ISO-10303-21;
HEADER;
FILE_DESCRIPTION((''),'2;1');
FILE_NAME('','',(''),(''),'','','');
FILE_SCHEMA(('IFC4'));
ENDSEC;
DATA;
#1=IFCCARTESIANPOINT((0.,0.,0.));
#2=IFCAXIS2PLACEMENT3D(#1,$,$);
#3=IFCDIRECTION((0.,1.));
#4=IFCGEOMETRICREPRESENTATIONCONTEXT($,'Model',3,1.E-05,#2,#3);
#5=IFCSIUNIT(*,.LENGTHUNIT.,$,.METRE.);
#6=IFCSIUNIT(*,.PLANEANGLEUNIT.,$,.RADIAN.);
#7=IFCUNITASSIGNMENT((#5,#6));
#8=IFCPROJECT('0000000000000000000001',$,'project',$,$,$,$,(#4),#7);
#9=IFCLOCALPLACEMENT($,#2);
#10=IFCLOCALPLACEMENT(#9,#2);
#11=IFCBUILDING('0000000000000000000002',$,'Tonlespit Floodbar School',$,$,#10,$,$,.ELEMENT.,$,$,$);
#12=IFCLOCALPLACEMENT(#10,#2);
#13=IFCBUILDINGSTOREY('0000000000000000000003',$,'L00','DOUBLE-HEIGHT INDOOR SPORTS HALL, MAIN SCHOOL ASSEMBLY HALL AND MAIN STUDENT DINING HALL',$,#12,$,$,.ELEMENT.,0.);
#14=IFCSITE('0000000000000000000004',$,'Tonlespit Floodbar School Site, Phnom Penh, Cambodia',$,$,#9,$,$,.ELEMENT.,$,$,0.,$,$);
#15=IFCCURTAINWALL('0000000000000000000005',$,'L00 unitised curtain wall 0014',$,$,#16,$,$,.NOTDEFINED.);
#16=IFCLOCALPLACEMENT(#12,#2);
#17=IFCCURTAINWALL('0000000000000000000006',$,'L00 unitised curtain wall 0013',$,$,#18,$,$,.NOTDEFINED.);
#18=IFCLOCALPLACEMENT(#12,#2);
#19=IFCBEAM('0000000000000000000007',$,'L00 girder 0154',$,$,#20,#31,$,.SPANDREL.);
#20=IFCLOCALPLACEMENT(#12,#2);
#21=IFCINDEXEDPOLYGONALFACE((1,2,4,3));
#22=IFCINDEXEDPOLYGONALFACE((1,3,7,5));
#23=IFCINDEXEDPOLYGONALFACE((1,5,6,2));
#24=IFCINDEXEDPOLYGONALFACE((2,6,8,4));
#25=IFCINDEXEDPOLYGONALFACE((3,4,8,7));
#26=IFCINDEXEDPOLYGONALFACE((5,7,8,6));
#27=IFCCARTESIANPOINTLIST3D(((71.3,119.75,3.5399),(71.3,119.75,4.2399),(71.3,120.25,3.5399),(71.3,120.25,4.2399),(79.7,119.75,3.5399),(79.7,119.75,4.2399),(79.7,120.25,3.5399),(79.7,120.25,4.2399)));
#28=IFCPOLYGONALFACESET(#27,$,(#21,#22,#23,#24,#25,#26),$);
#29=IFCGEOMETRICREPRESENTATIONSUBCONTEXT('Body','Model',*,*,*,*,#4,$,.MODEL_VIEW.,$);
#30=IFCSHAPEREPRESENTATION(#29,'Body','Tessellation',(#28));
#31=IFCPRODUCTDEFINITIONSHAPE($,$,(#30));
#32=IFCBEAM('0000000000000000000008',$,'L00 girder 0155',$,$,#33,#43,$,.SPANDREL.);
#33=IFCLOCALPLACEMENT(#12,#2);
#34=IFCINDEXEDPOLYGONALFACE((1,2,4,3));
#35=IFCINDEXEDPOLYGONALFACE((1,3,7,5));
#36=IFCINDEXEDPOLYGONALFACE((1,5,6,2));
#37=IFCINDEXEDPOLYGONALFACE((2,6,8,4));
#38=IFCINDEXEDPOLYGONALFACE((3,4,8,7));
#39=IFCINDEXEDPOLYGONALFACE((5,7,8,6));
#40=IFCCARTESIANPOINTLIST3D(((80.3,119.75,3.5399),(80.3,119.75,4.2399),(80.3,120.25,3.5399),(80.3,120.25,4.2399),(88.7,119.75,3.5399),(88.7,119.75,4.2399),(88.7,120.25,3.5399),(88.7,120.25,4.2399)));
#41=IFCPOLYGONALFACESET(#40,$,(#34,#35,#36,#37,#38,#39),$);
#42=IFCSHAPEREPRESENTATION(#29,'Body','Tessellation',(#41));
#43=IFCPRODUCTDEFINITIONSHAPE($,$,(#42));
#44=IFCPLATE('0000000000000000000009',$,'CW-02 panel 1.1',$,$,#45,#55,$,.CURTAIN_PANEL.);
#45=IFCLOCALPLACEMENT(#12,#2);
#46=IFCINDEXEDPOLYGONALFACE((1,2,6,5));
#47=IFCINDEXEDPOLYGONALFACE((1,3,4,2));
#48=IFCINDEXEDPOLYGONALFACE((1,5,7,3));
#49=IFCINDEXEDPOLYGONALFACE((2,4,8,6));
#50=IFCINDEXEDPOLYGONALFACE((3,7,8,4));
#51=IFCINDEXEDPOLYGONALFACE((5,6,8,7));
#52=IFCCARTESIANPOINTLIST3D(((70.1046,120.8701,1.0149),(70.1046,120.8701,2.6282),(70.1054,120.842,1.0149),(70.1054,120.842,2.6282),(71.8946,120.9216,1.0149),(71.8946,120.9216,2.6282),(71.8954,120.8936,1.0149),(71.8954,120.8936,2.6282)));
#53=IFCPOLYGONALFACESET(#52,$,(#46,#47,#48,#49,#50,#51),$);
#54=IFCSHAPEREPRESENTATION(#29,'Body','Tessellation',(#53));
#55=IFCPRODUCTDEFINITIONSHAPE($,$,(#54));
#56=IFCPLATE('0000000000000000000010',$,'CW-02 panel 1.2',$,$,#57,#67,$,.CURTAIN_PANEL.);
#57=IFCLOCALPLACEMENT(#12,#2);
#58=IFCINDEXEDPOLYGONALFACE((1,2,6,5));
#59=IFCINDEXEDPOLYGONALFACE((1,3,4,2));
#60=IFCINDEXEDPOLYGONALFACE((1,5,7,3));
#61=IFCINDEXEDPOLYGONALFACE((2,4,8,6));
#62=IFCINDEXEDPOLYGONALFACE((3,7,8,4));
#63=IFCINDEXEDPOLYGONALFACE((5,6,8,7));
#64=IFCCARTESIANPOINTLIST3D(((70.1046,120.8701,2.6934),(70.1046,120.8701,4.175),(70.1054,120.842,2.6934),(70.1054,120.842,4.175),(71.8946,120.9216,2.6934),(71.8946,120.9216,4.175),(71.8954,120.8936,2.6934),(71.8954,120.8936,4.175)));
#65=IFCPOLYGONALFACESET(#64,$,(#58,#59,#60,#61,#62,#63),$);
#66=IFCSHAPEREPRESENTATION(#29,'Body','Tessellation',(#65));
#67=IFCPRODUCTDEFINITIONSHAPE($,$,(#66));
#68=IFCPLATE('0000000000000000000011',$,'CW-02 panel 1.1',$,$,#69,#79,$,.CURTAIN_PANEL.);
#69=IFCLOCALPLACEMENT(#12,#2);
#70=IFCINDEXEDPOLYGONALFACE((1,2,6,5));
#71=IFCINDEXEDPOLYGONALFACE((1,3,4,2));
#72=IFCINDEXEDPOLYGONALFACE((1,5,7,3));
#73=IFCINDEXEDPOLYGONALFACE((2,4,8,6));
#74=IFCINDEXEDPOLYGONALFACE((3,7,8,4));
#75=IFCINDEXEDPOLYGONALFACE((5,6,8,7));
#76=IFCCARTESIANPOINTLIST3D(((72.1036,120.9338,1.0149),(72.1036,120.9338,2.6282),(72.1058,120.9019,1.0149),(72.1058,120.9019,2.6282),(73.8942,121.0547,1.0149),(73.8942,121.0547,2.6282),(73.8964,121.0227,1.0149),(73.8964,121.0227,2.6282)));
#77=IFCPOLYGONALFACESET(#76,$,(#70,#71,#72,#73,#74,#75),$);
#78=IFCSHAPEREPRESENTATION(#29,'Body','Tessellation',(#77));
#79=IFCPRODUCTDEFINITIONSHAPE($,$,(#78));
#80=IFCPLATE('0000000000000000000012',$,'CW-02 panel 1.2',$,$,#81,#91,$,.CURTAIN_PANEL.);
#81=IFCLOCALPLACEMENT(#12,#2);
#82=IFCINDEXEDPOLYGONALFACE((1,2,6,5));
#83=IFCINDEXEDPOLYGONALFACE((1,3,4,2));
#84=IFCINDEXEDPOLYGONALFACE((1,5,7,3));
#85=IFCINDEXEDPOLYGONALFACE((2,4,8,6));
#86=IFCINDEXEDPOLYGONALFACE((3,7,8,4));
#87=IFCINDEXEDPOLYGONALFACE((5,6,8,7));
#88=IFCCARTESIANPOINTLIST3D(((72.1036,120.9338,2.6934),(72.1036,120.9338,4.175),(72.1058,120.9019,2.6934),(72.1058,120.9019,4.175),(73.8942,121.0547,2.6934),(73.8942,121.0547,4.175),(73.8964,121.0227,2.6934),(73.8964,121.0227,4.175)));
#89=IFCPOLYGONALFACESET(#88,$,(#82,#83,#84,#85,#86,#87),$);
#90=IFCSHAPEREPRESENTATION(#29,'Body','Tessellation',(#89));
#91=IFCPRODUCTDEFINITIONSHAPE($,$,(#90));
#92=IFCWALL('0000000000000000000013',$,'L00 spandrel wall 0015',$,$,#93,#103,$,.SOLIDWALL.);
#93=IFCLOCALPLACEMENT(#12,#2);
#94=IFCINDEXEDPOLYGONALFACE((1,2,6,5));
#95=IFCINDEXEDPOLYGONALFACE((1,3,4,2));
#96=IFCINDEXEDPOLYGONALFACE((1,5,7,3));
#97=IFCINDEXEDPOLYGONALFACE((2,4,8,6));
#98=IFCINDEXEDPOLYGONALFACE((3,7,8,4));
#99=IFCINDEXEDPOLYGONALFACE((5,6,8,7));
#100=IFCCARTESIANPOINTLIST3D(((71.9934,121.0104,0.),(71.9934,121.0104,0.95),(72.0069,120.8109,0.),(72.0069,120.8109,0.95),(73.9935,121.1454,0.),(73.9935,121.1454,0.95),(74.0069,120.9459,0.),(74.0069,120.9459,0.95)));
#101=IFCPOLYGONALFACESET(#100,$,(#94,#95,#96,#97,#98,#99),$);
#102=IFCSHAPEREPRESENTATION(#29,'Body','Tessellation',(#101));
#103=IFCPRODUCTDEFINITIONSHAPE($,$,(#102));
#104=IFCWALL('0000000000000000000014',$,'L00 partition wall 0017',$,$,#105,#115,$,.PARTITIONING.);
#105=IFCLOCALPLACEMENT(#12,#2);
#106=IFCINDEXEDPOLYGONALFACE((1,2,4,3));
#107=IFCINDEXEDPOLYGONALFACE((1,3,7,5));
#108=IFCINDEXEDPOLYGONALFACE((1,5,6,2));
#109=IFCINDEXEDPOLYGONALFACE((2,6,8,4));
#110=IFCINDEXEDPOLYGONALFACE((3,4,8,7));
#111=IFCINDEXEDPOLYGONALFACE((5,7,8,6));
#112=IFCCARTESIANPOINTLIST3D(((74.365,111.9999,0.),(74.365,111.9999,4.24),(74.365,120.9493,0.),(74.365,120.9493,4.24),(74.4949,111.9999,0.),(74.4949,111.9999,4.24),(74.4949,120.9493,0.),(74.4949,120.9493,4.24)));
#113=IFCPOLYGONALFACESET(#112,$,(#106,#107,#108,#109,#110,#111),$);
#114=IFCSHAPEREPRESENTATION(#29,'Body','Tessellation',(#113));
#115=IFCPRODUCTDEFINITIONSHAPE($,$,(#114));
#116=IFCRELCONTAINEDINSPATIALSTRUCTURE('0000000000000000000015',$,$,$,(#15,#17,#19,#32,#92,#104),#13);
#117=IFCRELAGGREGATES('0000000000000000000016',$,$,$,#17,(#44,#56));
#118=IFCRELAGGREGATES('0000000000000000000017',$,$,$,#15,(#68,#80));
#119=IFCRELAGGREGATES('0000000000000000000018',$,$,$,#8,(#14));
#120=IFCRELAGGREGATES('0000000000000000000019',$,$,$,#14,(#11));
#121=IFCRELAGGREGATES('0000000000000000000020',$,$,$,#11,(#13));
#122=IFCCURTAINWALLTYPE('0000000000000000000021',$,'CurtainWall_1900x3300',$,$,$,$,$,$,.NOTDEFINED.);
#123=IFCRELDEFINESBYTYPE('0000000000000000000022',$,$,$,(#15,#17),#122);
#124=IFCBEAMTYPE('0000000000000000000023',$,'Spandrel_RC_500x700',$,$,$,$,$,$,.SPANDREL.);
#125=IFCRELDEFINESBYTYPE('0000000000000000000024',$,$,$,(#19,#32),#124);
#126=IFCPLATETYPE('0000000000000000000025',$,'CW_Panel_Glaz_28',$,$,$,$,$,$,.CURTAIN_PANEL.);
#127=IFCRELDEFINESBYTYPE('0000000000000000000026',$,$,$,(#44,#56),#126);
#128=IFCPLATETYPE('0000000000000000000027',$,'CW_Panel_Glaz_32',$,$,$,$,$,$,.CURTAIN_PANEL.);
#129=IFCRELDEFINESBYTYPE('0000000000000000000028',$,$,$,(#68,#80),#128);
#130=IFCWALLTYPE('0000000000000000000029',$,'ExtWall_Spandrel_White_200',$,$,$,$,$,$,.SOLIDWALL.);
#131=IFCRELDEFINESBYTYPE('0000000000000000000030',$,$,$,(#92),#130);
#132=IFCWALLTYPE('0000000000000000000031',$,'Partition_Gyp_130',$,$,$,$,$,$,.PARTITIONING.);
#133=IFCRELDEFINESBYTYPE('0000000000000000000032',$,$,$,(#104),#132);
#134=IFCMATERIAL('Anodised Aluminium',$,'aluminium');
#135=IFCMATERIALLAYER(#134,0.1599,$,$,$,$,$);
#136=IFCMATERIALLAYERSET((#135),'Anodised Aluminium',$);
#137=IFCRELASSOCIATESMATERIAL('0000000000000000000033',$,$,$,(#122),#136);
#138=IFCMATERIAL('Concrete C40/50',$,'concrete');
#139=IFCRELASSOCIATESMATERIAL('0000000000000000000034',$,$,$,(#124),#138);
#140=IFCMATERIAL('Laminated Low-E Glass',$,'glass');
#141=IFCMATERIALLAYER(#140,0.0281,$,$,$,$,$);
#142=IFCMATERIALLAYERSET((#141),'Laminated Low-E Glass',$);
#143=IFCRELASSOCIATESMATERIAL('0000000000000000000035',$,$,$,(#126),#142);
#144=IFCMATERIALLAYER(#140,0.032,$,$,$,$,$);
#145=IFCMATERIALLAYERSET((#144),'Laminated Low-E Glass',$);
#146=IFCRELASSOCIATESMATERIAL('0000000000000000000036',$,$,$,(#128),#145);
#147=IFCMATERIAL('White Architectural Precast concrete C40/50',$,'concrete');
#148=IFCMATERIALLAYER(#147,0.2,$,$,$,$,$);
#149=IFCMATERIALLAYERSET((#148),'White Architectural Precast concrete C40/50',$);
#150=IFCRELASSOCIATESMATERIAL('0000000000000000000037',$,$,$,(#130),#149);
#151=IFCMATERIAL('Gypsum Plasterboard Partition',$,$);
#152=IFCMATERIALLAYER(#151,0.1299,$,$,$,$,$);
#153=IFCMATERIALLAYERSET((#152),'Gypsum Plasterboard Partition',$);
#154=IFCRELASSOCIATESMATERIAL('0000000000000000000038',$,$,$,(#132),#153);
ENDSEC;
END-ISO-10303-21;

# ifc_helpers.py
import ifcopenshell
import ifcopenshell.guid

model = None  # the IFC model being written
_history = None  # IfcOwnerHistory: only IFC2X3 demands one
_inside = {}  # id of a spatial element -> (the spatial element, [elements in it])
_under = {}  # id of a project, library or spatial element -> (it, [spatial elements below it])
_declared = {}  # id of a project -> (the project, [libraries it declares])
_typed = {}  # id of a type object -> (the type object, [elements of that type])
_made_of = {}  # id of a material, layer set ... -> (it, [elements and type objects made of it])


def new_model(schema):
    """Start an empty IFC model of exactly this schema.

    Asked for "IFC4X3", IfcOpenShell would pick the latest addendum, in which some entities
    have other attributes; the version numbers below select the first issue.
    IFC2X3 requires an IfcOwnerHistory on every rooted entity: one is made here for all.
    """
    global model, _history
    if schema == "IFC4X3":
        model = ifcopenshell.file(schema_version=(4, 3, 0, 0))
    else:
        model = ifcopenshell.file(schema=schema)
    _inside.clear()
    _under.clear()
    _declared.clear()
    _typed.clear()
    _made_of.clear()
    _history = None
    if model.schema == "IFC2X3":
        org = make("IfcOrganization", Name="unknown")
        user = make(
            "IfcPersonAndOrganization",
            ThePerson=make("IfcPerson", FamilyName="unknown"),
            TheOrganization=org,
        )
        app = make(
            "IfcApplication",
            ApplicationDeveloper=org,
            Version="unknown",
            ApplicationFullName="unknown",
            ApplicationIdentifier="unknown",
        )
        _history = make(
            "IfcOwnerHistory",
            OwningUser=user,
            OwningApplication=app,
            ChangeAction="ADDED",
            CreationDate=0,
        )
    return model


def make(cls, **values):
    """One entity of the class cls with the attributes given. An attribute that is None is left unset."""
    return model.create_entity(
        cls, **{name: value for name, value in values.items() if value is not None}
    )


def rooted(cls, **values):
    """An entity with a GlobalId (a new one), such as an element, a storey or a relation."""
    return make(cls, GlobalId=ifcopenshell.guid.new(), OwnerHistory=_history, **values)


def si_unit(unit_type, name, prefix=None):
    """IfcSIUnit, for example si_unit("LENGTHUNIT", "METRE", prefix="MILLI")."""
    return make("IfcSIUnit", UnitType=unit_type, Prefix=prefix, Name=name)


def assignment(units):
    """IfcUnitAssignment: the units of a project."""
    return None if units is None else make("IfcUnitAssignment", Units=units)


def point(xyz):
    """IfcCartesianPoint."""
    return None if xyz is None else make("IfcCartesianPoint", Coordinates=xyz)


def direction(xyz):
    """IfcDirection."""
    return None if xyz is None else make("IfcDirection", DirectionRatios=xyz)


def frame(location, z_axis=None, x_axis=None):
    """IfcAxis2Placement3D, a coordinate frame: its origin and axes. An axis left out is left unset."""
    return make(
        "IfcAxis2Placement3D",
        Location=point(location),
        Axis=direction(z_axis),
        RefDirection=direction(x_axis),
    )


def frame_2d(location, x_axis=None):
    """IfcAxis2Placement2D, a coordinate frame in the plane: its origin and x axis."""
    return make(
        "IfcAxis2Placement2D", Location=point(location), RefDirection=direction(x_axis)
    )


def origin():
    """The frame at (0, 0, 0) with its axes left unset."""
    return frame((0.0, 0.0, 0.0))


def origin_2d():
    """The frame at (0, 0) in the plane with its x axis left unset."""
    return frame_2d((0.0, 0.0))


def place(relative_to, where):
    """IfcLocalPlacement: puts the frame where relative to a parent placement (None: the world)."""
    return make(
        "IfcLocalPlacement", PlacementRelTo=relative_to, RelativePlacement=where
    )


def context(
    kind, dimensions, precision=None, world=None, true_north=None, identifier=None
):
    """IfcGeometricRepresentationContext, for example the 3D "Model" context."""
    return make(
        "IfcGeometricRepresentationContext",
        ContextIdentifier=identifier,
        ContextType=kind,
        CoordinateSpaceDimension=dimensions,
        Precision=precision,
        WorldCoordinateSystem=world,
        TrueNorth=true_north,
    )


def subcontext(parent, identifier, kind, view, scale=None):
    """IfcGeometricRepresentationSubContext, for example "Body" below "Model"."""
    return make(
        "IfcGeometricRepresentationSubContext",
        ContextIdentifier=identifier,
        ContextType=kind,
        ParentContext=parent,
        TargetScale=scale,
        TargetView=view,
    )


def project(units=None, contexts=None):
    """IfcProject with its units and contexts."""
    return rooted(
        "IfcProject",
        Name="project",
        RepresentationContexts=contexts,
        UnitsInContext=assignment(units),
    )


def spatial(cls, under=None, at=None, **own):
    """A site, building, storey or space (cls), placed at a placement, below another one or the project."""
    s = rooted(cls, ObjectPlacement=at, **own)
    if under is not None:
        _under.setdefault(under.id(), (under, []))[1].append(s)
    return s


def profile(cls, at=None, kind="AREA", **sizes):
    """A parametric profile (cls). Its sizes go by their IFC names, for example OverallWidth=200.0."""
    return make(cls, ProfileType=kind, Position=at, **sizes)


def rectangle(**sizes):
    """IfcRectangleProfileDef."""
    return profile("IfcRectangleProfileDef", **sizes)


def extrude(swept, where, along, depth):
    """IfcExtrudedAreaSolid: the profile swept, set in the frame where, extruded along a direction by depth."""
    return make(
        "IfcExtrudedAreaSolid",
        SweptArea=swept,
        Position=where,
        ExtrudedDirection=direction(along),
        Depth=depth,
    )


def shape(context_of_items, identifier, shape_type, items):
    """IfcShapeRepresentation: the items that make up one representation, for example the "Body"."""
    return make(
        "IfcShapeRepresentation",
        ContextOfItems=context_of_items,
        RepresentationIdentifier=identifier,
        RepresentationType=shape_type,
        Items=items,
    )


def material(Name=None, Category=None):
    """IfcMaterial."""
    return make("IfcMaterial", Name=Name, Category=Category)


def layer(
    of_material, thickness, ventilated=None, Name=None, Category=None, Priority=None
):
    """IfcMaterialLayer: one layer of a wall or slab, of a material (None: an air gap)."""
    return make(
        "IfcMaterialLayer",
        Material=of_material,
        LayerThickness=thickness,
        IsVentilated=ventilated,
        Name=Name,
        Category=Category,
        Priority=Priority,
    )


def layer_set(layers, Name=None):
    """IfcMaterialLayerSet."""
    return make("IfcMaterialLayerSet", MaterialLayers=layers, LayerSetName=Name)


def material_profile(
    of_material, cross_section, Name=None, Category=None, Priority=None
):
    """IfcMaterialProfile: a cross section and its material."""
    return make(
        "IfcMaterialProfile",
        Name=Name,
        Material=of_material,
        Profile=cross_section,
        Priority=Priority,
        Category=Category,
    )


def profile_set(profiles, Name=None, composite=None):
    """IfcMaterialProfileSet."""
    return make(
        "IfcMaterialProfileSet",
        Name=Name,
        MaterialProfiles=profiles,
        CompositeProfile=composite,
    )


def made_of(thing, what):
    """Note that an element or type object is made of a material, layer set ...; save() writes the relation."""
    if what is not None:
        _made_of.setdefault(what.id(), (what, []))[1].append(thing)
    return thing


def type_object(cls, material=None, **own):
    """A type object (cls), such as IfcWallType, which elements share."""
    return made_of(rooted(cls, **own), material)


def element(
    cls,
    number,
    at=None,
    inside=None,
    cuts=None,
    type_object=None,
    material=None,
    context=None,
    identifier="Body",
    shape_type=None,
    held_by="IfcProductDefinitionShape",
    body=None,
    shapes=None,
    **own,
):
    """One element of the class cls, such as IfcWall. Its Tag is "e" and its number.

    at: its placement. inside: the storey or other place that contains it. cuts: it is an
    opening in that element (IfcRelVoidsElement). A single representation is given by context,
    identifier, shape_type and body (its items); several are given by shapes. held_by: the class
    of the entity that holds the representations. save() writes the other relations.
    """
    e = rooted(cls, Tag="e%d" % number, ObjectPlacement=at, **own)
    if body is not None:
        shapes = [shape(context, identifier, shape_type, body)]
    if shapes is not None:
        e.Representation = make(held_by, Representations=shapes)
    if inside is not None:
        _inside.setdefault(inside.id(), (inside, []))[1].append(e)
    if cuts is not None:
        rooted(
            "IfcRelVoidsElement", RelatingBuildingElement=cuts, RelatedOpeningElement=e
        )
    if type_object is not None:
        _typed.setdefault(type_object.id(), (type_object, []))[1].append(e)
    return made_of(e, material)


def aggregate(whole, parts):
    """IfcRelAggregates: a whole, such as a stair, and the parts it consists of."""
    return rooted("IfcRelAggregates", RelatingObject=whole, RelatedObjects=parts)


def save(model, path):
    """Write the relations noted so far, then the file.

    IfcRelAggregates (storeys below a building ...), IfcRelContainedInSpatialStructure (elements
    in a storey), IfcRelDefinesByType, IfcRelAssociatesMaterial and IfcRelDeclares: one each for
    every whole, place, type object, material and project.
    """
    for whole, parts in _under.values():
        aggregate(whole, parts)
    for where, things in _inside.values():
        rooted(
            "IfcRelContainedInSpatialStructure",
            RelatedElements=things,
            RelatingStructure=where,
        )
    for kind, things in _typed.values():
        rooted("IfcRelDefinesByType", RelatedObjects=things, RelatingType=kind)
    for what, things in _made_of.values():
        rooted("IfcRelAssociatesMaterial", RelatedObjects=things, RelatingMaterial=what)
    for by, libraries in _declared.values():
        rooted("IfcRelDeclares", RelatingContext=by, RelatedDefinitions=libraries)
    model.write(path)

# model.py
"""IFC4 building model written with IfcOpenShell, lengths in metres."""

from ifc_helpers import new_model, si_unit, direction, frame, frame_2d, origin, origin_2d, place, context, subcontext, project, spatial, rectangle, extrude, material, layer, layer_set, material_profile, profile_set, type_object, element, aggregate, save


model = new_model("IFC4")

# Units and contexts
model_context = context("Model", 3, precision=1e-05, world=origin(), true_north=direction((0.0, 1.0)))
body_context = subcontext(model_context, "Body", "Model", "MODEL_VIEW")
ifc_project = project(units=[si_unit("LENGTHUNIT", "METRE"), si_unit("PLANEANGLEUNIT", "RADIAN")], contexts=[model_context])

# Site, building, storey
site_placement = place(None, origin())
site = spatial("IfcSite", under=ifc_project, at=site_placement, Name="Tonlespit Floodbar School Site, Phnom Penh, Cambodia", CompositionType="ELEMENT", RefElevation=0.0)
building_placement = place(site_placement, origin())
building = spatial("IfcBuilding", under=site, at=building_placement, Name="Tonlespit Floodbar School", CompositionType="ELEMENT")
storey_placement = place(building_placement, origin())
storey = spatial("IfcBuildingStorey", under=building, at=storey_placement, Name="L00", Description="DOUBLE-HEIGHT INDOOR SPORTS HALL, MAIN SCHOOL ASSEMBLY HALL AND MAIN STUDENT DINING HALL", CompositionType="ELEMENT", Elevation=0.0)

# Shared definitions
ifc_material_1 = material(Name="Concrete C40/50", Category="concrete")

# Curtain walls
ifc_material_2 = material(Name="Anodised Aluminium", Category="aluminium")
ifc_layer_1 = layer(ifc_material_2, 0.1599)
ifc_layer_set_1 = layer_set([ifc_layer_1], Name="Anodised Aluminium")
curtain_wall_type = type_object("IfcCurtainWallType", Name="CurtainWall_1900x3300", PredefinedType="NOTDEFINED", material=ifc_layer_set_1)
curtain_wall_1_placement = place(storey_placement, origin())
curtain_wall_1 = element("IfcCurtainWall", 1, at=curtain_wall_1_placement, inside=storey, type_object=curtain_wall_type, Name="L00 unitised curtain wall 0014", PredefinedType="NOTDEFINED")
curtain_wall_2_placement = place(storey_placement, origin())
curtain_wall_2 = element("IfcCurtainWall", 2, at=curtain_wall_2_placement, inside=storey, type_object=curtain_wall_type, Name="L00 unitised curtain wall 0013", PredefinedType="NOTDEFINED")

# Beams
ifc_material_profile_1 = material_profile(ifc_material_1, rectangle(XDim=0.5, YDim=0.7, at=origin_2d()), Name="RC 500x700")
ifc_profile_set_1 = profile_set([ifc_material_profile_1], Name="Concrete C40/50")
beam_type_1 = type_object("IfcBeamType", Name="Spandrel_RC_500x700", PredefinedType="SPANDREL", material=ifc_profile_set_1)
for number, where, z_axis, x_axis, name in (
    (3, (71.3, 120.0, 3.8899), (1.0, 0.0, 0.0), (0.0, 1.0, 0.0), "L00 girder 0154"),
    (4, (80.3, 120.0, 3.8899), (1.0, 0.0, 0.0), (0.0, 1.0, 0.0), "L00 girder 0155"),
):
    element("IfcBeam", number, at=place(storey_placement, frame(where, z_axis=z_axis, x_axis=x_axis)), inside=storey, type_object=beam_type_1, Name=name, PredefinedType="SPANDREL", context=body_context, shape_type="SweptSolid", body=[
        extrude(rectangle(XDim=0.5, YDim=0.7, at=origin_2d()), origin(), (0.0, 0.0, 1.0), 8.3999),
    ])

# Plates
ifc_material_3 = material(Name="Laminated Low-E Glass", Category="glass")
ifc_layer_2 = layer(ifc_material_3, 0.0281)
ifc_layer_set_2 = layer_set([ifc_layer_2], Name="Laminated Low-E Glass")
plate_type_1 = type_object("IfcPlateType", Name="CW_Panel_Glaz_28", PredefinedType="CURTAIN_PANEL", material=ifc_layer_set_2)
plate_1_placement = place(storey_placement, frame((71.0, 120.8818, 1.0149), z_axis=(0.0, 0.0, 1.0), x_axis=(0.999585, 0.02879, 0.0)))
plate_1 = element("IfcPlate", 5, at=plate_1_placement, type_object=plate_type_1, Name="CW-02 panel 1.1", PredefinedType="CURTAIN_PANEL", context=body_context, shape_type="SweptSolid", body=[
    extrude(rectangle(XDim=1.7908, YDim=0.0281, at=origin_2d()), origin(), (0.0, 0.0, 1.0), 1.6133),
])
plate_2_placement = place(storey_placement, frame((71.0, 120.8818, 2.6934), z_axis=(0.0, 0.0, 1.0), x_axis=(0.999585, 0.02879, 0.0)))
plate_2 = element("IfcPlate", 6, at=plate_2_placement, type_object=plate_type_1, Name="CW-02 panel 1.2", PredefinedType="CURTAIN_PANEL", context=body_context, shape_type="SweptSolid", body=[
    extrude(rectangle(XDim=1.7908, YDim=0.0281, at=origin_2d()), origin(), (0.0, 0.0, 1.0), 1.4817),
])
aggregate(curtain_wall_2, [plate_1, plate_2])
ifc_layer_3 = layer(ifc_material_3, 0.032)
ifc_layer_set_3 = layer_set([ifc_layer_3], Name="Laminated Low-E Glass")
plate_type_2 = type_object("IfcPlateType", Name="CW_Panel_Glaz_32", PredefinedType="CURTAIN_PANEL", material=ifc_layer_set_3)
plate_3_placement = place(storey_placement, frame((73.0, 120.9783, 1.0149), z_axis=(0.0, 0.0, 1.0), x_axis=(0.99773, 0.06734, 0.0)))
plate_3 = element("IfcPlate", 7, at=plate_3_placement, type_object=plate_type_2, Name="CW-02 panel 1.1", PredefinedType="CURTAIN_PANEL", context=body_context, shape_type="SweptSolid", body=[
    extrude(rectangle(XDim=1.7947, YDim=0.032, at=origin_2d()), origin(), (0.0, 0.0, 1.0), 1.6133),
])
plate_4_placement = place(storey_placement, frame((73.0, 120.9783, 2.6934), z_axis=(0.0, 0.0, 1.0), x_axis=(0.99773, 0.06734, 0.0)))
plate_4 = element("IfcPlate", 8, at=plate_4_placement, type_object=plate_type_2, Name="CW-02 panel 1.2", PredefinedType="CURTAIN_PANEL", context=body_context, shape_type="SweptSolid", body=[
    extrude(rectangle(XDim=1.7947, YDim=0.032, at=origin_2d()), origin(), (0.0, 0.0, 1.0), 1.4817),
])
aggregate(curtain_wall_1, [plate_3, plate_4])

# Walls
ifc_material_4 = material(Name="White Architectural Precast concrete C40/50", Category="concrete")
ifc_layer_4 = layer(ifc_material_4, 0.2)
ifc_layer_set_4 = layer_set([ifc_layer_4], Name="White Architectural Precast concrete C40/50")
wall_type_1 = type_object("IfcWallType", Name="ExtWall_Spandrel_White_200", PredefinedType="SOLIDWALL", material=ifc_layer_set_4)
wall_1_placement = place(storey_placement, frame((72.0, 120.9106, 0.0), z_axis=(0.0, 0.0, 1.0), x_axis=(0.997729, 0.067352, 0.0)))
element("IfcWall", 9, at=wall_1_placement, inside=storey, type_object=wall_type_1, Name="L00 spandrel wall 0015", PredefinedType="SOLIDWALL", context=body_context, shape_type="SweptSolid", body=[
    extrude(rectangle(XDim=2.0046, YDim=0.2, at=frame_2d((1.0024, 0.0))), origin(), (0.0, 0.0, 1.0), 0.95),
])
ifc_material_5 = material(Name="Gypsum Plasterboard Partition")
ifc_layer_5 = layer(ifc_material_5, 0.1299)
ifc_layer_set_5 = layer_set([ifc_layer_5], Name="Gypsum Plasterboard Partition")
wall_type_2 = type_object("IfcWallType", Name="Partition_Gyp_130", PredefinedType="PARTITIONING", material=ifc_layer_set_5)
wall_2_placement = place(storey_placement, frame((74.4299, 112.0, 0.0), z_axis=(0.0, 0.0, 1.0), x_axis=(0.0, 1.0, 0.0)))
element("IfcWall", 10, at=wall_2_placement, inside=storey, type_object=wall_type_2, Name="L00 partition wall 0017", PredefinedType="PARTITIONING", context=body_context, shape_type="SweptSolid", body=[
    extrude(rectangle(XDim=8.9495, YDim=0.1299, at=frame_2d((4.4746, 0.0))), origin(), (0.0, 0.0, 1.0), 4.24),
])

save(model, "model.ifc")
